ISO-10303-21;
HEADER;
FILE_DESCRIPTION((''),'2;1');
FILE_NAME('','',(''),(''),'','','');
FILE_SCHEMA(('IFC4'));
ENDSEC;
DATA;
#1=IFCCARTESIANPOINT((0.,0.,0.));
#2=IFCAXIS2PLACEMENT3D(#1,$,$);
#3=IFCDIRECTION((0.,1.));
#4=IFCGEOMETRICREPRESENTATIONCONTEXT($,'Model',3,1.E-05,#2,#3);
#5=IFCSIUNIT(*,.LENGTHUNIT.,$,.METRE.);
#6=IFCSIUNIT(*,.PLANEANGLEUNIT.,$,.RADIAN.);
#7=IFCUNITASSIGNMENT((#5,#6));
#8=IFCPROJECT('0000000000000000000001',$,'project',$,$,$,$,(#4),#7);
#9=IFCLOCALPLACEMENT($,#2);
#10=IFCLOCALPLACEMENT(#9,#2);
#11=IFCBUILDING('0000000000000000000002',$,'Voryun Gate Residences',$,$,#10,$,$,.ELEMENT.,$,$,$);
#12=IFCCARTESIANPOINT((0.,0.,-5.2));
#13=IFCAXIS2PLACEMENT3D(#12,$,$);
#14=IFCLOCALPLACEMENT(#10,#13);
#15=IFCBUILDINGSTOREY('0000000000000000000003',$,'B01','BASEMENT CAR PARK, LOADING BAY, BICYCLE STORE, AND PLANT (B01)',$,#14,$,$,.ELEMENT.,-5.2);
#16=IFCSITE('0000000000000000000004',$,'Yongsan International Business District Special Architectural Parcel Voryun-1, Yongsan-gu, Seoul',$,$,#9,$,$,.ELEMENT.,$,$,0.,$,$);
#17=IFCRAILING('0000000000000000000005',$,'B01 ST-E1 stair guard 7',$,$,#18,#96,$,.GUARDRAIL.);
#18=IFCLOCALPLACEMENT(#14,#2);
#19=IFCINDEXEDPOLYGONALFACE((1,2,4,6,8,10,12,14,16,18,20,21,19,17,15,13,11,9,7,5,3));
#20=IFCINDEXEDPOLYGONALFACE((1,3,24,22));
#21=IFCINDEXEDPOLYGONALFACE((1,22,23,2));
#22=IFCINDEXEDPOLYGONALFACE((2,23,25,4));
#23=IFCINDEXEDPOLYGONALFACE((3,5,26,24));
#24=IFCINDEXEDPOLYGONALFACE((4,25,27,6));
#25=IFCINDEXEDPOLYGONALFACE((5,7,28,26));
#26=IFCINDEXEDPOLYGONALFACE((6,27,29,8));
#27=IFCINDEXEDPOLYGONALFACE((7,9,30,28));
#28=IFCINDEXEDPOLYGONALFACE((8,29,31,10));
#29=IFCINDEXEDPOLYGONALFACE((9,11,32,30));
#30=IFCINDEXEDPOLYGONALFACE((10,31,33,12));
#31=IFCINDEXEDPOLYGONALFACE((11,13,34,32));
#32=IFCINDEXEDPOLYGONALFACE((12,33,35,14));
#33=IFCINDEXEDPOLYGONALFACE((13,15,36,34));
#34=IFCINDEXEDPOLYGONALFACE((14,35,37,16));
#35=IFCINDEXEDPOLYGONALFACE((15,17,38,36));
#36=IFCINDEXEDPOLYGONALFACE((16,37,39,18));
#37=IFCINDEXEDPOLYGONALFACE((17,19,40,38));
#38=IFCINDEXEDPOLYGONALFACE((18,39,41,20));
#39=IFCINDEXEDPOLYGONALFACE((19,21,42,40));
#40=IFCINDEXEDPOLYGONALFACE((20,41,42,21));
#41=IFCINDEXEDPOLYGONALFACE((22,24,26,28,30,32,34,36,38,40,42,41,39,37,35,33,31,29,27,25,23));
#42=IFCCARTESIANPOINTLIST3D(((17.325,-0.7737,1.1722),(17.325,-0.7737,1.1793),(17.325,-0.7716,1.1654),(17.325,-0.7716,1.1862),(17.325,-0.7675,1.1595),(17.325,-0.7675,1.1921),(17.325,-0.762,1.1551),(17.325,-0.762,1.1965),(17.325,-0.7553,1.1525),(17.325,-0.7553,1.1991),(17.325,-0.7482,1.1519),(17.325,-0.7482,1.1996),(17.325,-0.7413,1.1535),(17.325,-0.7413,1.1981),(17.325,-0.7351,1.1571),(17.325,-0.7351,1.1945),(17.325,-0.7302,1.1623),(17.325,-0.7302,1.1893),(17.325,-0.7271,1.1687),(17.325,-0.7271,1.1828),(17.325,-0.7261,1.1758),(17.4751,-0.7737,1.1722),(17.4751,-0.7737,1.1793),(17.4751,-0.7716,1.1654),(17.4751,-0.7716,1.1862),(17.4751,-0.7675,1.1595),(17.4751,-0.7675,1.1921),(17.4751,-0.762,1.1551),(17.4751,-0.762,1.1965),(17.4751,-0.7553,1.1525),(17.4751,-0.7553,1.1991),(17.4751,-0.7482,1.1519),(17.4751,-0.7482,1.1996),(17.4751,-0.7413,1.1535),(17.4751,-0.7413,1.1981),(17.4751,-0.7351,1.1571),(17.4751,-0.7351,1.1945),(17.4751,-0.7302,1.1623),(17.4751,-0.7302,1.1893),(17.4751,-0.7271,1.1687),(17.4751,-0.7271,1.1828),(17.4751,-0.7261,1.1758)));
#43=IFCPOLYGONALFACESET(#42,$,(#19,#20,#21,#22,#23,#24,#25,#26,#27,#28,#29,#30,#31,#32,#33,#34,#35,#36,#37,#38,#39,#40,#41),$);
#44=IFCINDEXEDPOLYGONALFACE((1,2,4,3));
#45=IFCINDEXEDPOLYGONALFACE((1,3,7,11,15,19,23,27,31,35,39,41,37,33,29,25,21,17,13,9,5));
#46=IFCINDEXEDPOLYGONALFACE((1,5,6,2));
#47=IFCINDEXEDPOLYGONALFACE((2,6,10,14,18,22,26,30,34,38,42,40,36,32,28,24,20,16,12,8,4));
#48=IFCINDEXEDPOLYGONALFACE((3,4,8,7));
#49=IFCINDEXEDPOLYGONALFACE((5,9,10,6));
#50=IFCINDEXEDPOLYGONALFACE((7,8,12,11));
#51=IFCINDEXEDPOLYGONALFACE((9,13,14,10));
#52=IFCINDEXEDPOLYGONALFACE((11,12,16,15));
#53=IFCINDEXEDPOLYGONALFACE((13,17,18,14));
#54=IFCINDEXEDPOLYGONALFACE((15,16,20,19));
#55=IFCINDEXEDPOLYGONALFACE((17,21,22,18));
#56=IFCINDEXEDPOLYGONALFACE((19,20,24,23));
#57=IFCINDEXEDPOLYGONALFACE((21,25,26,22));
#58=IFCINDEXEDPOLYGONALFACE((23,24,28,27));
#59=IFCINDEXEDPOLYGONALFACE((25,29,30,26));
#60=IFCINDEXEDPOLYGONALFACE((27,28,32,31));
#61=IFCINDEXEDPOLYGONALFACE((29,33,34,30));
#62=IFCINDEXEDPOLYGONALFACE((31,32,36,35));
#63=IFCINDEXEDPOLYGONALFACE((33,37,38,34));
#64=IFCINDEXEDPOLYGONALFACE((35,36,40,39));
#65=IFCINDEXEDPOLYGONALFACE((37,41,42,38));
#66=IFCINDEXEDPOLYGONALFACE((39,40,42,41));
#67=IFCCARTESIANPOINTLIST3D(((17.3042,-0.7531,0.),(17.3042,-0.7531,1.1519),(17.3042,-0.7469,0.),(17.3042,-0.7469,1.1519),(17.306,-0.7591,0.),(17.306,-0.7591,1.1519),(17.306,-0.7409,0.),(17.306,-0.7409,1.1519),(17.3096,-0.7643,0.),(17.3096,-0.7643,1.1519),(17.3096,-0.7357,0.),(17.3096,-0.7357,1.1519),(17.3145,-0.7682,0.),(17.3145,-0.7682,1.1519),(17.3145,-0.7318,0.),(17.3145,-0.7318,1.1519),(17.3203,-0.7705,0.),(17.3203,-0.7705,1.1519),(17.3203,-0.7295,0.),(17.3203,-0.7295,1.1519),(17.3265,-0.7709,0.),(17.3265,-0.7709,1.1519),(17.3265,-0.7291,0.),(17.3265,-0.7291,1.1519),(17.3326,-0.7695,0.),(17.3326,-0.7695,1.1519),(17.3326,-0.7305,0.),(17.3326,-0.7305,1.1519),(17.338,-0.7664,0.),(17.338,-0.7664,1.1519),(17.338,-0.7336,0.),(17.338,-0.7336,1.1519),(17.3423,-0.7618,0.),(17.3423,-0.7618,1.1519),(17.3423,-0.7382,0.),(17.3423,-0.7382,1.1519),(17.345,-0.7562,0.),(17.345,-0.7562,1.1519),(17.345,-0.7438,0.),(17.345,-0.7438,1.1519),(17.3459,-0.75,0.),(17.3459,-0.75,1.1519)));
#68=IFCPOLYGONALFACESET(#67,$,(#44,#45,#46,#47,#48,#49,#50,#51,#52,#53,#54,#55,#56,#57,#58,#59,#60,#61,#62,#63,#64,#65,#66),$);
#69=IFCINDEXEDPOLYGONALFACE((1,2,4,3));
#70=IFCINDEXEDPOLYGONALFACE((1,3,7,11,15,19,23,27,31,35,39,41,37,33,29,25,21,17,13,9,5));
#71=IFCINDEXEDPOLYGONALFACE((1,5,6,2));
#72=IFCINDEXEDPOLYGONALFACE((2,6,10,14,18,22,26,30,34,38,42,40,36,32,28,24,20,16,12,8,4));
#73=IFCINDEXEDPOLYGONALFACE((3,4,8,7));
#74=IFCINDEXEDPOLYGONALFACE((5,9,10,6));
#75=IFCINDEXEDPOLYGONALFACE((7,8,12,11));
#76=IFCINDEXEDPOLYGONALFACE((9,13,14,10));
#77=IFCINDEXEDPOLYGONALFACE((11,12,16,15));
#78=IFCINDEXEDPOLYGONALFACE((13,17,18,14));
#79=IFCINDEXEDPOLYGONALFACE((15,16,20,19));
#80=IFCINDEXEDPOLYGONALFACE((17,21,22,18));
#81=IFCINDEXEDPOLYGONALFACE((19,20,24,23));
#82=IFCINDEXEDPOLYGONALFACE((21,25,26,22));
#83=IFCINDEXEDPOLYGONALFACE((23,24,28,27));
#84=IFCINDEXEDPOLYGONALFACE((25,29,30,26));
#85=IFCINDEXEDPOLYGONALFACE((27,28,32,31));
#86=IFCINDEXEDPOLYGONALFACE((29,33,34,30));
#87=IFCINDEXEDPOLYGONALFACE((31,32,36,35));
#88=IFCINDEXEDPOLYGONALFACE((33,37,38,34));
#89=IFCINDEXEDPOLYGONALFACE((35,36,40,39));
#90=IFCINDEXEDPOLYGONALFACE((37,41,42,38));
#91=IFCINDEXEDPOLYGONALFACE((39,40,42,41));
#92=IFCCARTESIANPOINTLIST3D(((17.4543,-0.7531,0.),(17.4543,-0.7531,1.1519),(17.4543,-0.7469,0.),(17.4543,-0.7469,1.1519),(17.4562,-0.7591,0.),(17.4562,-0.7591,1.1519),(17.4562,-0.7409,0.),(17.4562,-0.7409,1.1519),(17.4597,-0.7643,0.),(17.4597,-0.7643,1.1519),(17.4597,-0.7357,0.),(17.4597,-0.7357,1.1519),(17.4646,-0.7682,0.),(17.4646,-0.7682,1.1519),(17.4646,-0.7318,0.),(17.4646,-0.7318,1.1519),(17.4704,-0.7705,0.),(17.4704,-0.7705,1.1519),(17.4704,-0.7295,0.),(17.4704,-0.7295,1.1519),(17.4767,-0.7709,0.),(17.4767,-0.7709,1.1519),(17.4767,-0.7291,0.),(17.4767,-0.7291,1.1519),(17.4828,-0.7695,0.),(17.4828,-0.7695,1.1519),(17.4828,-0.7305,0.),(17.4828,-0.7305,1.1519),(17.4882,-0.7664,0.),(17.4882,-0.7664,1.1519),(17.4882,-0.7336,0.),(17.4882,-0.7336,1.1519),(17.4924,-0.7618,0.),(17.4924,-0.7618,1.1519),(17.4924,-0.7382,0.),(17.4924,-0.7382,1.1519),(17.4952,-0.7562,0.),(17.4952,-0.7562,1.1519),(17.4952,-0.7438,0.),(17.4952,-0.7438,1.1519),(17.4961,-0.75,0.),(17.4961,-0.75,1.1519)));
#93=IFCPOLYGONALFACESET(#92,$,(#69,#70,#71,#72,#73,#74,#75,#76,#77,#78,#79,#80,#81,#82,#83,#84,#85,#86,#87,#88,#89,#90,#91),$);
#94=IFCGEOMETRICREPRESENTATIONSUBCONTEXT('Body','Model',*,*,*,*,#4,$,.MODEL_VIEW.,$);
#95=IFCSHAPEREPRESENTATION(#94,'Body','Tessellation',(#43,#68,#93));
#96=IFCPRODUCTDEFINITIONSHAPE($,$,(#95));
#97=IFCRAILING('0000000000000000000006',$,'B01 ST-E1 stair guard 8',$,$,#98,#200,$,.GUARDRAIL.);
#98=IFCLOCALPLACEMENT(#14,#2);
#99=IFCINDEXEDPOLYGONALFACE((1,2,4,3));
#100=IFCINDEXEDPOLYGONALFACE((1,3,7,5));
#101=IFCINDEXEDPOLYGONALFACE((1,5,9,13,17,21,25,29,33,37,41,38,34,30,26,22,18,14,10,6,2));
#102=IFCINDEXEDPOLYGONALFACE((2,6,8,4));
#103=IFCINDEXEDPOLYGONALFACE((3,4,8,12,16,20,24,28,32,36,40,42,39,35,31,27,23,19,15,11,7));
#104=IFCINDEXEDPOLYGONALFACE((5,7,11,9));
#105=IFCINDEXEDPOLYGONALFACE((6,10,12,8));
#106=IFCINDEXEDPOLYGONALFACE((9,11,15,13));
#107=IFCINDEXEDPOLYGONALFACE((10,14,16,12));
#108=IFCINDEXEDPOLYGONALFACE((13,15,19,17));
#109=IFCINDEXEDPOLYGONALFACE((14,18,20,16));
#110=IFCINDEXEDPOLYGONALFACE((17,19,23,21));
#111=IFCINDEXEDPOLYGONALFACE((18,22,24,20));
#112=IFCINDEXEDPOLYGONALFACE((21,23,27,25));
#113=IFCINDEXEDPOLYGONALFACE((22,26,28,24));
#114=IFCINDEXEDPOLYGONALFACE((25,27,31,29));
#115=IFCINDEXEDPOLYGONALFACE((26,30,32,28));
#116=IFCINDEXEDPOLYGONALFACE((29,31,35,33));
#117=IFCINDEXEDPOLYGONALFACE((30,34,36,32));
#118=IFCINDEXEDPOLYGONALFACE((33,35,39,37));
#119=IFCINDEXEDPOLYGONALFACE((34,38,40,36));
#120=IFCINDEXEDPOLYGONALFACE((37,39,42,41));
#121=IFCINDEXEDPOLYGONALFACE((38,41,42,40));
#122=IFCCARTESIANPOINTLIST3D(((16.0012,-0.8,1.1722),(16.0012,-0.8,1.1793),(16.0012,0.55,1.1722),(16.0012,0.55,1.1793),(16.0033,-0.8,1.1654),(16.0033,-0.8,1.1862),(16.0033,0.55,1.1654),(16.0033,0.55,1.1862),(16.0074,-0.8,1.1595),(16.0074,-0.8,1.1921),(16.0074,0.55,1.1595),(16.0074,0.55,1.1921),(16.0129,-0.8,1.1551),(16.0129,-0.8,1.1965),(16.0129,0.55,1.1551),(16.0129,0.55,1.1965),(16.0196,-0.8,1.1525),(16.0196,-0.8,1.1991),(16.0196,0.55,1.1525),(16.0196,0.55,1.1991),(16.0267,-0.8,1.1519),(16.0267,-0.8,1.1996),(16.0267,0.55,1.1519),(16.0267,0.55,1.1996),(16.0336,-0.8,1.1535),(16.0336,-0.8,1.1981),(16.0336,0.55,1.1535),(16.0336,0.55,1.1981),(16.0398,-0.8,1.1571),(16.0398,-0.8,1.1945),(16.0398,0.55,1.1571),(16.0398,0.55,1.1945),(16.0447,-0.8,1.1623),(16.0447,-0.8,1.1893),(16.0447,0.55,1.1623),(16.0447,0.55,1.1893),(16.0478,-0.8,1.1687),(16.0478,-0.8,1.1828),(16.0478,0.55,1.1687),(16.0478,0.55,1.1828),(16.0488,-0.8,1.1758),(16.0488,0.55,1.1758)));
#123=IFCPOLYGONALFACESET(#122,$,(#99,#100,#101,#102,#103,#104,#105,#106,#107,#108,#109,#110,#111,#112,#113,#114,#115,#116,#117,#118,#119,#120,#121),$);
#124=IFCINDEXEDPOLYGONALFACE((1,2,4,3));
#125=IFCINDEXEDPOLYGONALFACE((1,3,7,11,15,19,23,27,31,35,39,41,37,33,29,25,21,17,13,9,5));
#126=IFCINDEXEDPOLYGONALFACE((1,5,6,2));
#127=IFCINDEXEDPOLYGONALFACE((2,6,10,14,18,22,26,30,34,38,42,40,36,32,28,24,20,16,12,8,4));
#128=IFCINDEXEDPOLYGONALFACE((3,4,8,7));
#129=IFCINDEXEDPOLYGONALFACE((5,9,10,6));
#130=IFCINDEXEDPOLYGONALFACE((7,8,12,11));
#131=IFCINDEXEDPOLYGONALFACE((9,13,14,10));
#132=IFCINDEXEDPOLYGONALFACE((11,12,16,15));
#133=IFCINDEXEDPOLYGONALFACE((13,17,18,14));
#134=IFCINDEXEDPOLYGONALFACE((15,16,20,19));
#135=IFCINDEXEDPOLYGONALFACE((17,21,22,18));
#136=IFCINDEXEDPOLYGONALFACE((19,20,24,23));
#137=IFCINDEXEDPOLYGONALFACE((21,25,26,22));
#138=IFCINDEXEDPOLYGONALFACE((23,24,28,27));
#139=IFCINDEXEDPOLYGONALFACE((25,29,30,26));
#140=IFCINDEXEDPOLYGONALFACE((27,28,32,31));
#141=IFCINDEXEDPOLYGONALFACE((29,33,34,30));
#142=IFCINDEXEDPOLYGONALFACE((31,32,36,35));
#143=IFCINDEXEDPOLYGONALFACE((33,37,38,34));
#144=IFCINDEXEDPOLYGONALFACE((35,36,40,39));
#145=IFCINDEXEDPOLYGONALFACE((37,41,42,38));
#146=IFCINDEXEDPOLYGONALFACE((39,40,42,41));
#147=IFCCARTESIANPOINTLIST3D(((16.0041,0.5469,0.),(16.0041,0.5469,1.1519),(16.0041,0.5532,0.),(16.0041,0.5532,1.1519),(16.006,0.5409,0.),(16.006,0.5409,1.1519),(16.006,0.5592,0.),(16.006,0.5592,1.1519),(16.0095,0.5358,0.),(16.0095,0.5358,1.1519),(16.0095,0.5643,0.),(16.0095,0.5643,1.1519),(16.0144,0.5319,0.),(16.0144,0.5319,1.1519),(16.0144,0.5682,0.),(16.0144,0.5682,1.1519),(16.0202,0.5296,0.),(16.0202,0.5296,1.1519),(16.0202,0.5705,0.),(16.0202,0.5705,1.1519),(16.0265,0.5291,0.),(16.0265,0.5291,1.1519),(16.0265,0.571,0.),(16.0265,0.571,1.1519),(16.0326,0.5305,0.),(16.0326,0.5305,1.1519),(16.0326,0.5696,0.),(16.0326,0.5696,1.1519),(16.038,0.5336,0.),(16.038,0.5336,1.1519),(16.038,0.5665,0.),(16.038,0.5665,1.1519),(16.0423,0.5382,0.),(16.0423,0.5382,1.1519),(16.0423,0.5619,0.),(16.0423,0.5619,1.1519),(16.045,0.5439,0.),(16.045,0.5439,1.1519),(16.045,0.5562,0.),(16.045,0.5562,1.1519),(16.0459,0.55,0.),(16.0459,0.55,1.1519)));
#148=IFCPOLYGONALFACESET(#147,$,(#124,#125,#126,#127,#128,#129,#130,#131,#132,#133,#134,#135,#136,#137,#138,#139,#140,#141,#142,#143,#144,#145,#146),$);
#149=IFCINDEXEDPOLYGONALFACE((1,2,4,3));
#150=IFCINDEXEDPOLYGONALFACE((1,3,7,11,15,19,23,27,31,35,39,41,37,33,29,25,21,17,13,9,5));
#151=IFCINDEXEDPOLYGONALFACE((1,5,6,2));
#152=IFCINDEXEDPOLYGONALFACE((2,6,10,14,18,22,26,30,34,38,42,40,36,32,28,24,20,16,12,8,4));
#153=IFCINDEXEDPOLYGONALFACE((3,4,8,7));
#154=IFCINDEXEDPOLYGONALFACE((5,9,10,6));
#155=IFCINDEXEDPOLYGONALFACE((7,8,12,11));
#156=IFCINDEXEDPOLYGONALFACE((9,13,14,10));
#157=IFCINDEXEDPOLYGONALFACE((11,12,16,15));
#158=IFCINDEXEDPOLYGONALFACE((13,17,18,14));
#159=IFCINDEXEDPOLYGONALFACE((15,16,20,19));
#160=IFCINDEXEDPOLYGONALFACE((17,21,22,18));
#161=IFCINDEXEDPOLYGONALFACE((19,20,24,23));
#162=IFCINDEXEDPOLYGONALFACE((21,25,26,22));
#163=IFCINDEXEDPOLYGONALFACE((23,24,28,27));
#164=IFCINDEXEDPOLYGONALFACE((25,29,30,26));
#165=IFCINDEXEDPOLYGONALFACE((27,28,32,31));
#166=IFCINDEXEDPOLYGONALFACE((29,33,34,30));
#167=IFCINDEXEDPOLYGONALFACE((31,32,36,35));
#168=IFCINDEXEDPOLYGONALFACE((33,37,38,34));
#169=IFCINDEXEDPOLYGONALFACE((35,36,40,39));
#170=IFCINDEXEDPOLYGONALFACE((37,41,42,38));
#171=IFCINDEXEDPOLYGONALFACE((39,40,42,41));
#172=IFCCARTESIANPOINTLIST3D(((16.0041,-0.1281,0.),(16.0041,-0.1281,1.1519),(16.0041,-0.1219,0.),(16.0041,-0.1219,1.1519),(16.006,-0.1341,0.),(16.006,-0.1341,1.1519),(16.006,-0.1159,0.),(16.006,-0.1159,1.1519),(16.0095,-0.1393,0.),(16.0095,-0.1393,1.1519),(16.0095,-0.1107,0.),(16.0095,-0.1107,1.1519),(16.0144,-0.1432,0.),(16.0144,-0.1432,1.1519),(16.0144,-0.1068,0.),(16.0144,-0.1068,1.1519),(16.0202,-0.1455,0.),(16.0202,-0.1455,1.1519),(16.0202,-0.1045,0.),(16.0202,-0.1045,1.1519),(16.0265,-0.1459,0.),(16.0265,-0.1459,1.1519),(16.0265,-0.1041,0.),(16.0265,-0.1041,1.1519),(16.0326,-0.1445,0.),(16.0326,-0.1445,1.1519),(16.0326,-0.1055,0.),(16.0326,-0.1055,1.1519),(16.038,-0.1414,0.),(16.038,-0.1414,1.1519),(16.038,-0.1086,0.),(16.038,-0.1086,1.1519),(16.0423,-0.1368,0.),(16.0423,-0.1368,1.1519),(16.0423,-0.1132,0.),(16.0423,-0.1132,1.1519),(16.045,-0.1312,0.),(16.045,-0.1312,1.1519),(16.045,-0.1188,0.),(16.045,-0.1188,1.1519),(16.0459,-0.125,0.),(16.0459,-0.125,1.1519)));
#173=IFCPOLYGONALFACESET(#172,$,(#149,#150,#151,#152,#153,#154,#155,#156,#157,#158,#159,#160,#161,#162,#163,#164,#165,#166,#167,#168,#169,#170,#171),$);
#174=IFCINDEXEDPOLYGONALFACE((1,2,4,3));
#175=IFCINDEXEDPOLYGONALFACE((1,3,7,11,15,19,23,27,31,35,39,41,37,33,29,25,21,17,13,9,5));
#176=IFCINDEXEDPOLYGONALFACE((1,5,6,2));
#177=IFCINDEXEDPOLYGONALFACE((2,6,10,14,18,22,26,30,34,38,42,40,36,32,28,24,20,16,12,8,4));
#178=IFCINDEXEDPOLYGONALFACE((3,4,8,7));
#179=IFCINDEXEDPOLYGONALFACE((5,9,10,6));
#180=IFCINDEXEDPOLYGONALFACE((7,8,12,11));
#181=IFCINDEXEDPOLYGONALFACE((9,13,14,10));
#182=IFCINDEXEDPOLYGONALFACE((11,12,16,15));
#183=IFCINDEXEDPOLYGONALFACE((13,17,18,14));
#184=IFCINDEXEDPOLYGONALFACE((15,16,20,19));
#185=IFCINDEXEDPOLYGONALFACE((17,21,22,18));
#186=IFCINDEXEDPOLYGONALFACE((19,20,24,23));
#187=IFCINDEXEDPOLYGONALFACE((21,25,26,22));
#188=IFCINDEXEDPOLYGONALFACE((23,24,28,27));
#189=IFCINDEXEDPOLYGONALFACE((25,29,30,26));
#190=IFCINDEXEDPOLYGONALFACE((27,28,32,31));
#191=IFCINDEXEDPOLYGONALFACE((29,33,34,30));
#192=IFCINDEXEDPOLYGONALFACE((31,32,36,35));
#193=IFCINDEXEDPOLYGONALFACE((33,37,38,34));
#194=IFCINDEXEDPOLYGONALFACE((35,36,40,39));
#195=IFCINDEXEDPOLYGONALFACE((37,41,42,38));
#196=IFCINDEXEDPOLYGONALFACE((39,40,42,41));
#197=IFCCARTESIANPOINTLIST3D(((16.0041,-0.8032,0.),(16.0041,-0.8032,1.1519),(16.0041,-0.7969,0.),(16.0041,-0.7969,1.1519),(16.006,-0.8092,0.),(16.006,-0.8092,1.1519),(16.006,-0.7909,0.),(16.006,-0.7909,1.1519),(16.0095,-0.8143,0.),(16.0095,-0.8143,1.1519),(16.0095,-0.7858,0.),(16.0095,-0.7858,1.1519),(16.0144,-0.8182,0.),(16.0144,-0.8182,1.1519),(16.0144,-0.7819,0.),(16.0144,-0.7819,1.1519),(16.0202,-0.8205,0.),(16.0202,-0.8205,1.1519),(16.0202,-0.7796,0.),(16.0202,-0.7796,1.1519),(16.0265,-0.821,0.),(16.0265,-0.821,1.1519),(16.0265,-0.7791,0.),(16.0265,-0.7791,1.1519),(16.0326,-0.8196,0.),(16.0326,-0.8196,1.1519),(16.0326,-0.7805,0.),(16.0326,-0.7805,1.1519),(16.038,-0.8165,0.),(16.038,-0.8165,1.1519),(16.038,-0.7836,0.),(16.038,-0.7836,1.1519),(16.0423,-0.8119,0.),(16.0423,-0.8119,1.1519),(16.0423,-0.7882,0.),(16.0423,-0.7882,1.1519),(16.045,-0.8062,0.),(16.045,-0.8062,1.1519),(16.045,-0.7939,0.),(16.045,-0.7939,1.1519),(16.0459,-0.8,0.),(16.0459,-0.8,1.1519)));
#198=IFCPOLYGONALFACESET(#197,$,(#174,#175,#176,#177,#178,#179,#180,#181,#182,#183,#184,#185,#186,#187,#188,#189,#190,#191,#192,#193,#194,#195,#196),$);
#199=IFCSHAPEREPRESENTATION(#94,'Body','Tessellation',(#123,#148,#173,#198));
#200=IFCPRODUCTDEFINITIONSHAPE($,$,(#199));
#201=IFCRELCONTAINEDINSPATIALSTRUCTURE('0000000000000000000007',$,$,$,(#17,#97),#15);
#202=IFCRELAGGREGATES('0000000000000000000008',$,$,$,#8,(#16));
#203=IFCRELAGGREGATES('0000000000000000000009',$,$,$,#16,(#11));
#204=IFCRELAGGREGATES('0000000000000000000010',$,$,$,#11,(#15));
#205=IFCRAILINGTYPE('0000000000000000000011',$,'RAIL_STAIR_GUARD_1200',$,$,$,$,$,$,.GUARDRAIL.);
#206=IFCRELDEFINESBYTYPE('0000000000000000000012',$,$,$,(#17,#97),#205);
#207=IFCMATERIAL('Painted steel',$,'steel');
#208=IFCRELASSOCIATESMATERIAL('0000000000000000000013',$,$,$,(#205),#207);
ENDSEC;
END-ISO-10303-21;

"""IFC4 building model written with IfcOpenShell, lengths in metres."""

from ifc_helpers import new_model, si_unit, direction, frame, origin, origin_2d, place, context, subcontext, project, spatial, circle, extrude, material, type_object, element, save


model = new_model("IFC4")

# Units and contexts
model_context = context("Model", 3, precision=1e-05, world=origin(), true_north=direction((0.0, 1.0)))
body_context = subcontext(model_context, "Body", "Model", "MODEL_VIEW")
ifc_project = project(units=[si_unit("LENGTHUNIT", "METRE"), si_unit("PLANEANGLEUNIT", "RADIAN")], contexts=[model_context])

# Site, building, storey
site_placement = place(None, origin())
site = spatial("IfcSite", under=ifc_project, at=site_placement, Name="Yongsan International Business District Special Architectural Parcel Voryun-1, Yongsan-gu, Seoul", CompositionType="ELEMENT", RefElevation=0.0)
building_placement = place(site_placement, origin())
building = spatial("IfcBuilding", under=site, at=building_placement, Name="Voryun Gate Residences", CompositionType="ELEMENT")
storey_placement = place(building_placement, frame((0.0, 0.0, -5.2)))
storey = spatial("IfcBuildingStorey", under=building, at=storey_placement, Name="B01", Description="BASEMENT CAR PARK, LOADING BAY, BICYCLE STORE, AND PLANT (B01)", CompositionType="ELEMENT", Elevation=-5.2)

# Railings
ifc_material_1 = material(Name="Painted steel", Category="steel")
railing_type_1 = type_object("IfcRailingType", Name="RAIL_STAIR_GUARD_1200", PredefinedType="GUARDRAIL", material=ifc_material_1)
railing_1_placement = place(storey_placement, frame((17.325, -0.75, 0.0)))
element("IfcRailing", 1, at=railing_1_placement, inside=storey, type_object=railing_type_1, Name="B01 ST-E1 stair guard 7", PredefinedType="GUARDRAIL", context=body_context, shape_type="SweptSolid", body=[
    extrude(circle(Radius=0.0239, at=origin_2d()), frame((0.0, 0.0, 1.1758), z_axis=(1.0, 0.0, 0.0), x_axis=(0.0, 1.0, 0.0)), (0.0, 0.0, 1.0), 0.1501),
    extrude(circle(Radius=0.021, at=origin_2d()), origin(), (0.0, 0.0, 1.0), 1.1519),
    extrude(circle(Radius=0.021, at=origin_2d()), frame((0.1501, 0.0, 0.0)), (0.0, 0.0, 1.0), 1.1519),
])
for number, where, name in (
    (2, (16.0249, 0.55, 0.0), "B01 ST-E1 stair guard 8"),
):
    element("IfcRailing", number, at=place(storey_placement, frame(where)), inside=storey, type_object=railing_type_1, Name=name, PredefinedType="GUARDRAIL", context=body_context, shape_type="SweptSolid", body=[
        extrude(circle(Radius=0.0239, at=origin_2d()), frame((0.0, 0.0, 1.1758), z_axis=(0.0, -1.0, 0.0), x_axis=(1.0, 0.0, 0.0)), (0.0, 0.0, 1.0), 1.3501),
        extrude(circle(Radius=0.021, at=origin_2d()), origin(), (0.0, 0.0, 1.0), 1.1519),
        extrude(circle(Radius=0.021, at=origin_2d()), frame((0.0, -0.675, 0.0)), (0.0, 0.0, 1.0), 1.1519),
        extrude(circle(Radius=0.021, at=origin_2d()), frame((0.0, -1.3501, 0.0)), (0.0, 0.0, 1.0), 1.1519),
    ])

save(model, "model.ifc")
